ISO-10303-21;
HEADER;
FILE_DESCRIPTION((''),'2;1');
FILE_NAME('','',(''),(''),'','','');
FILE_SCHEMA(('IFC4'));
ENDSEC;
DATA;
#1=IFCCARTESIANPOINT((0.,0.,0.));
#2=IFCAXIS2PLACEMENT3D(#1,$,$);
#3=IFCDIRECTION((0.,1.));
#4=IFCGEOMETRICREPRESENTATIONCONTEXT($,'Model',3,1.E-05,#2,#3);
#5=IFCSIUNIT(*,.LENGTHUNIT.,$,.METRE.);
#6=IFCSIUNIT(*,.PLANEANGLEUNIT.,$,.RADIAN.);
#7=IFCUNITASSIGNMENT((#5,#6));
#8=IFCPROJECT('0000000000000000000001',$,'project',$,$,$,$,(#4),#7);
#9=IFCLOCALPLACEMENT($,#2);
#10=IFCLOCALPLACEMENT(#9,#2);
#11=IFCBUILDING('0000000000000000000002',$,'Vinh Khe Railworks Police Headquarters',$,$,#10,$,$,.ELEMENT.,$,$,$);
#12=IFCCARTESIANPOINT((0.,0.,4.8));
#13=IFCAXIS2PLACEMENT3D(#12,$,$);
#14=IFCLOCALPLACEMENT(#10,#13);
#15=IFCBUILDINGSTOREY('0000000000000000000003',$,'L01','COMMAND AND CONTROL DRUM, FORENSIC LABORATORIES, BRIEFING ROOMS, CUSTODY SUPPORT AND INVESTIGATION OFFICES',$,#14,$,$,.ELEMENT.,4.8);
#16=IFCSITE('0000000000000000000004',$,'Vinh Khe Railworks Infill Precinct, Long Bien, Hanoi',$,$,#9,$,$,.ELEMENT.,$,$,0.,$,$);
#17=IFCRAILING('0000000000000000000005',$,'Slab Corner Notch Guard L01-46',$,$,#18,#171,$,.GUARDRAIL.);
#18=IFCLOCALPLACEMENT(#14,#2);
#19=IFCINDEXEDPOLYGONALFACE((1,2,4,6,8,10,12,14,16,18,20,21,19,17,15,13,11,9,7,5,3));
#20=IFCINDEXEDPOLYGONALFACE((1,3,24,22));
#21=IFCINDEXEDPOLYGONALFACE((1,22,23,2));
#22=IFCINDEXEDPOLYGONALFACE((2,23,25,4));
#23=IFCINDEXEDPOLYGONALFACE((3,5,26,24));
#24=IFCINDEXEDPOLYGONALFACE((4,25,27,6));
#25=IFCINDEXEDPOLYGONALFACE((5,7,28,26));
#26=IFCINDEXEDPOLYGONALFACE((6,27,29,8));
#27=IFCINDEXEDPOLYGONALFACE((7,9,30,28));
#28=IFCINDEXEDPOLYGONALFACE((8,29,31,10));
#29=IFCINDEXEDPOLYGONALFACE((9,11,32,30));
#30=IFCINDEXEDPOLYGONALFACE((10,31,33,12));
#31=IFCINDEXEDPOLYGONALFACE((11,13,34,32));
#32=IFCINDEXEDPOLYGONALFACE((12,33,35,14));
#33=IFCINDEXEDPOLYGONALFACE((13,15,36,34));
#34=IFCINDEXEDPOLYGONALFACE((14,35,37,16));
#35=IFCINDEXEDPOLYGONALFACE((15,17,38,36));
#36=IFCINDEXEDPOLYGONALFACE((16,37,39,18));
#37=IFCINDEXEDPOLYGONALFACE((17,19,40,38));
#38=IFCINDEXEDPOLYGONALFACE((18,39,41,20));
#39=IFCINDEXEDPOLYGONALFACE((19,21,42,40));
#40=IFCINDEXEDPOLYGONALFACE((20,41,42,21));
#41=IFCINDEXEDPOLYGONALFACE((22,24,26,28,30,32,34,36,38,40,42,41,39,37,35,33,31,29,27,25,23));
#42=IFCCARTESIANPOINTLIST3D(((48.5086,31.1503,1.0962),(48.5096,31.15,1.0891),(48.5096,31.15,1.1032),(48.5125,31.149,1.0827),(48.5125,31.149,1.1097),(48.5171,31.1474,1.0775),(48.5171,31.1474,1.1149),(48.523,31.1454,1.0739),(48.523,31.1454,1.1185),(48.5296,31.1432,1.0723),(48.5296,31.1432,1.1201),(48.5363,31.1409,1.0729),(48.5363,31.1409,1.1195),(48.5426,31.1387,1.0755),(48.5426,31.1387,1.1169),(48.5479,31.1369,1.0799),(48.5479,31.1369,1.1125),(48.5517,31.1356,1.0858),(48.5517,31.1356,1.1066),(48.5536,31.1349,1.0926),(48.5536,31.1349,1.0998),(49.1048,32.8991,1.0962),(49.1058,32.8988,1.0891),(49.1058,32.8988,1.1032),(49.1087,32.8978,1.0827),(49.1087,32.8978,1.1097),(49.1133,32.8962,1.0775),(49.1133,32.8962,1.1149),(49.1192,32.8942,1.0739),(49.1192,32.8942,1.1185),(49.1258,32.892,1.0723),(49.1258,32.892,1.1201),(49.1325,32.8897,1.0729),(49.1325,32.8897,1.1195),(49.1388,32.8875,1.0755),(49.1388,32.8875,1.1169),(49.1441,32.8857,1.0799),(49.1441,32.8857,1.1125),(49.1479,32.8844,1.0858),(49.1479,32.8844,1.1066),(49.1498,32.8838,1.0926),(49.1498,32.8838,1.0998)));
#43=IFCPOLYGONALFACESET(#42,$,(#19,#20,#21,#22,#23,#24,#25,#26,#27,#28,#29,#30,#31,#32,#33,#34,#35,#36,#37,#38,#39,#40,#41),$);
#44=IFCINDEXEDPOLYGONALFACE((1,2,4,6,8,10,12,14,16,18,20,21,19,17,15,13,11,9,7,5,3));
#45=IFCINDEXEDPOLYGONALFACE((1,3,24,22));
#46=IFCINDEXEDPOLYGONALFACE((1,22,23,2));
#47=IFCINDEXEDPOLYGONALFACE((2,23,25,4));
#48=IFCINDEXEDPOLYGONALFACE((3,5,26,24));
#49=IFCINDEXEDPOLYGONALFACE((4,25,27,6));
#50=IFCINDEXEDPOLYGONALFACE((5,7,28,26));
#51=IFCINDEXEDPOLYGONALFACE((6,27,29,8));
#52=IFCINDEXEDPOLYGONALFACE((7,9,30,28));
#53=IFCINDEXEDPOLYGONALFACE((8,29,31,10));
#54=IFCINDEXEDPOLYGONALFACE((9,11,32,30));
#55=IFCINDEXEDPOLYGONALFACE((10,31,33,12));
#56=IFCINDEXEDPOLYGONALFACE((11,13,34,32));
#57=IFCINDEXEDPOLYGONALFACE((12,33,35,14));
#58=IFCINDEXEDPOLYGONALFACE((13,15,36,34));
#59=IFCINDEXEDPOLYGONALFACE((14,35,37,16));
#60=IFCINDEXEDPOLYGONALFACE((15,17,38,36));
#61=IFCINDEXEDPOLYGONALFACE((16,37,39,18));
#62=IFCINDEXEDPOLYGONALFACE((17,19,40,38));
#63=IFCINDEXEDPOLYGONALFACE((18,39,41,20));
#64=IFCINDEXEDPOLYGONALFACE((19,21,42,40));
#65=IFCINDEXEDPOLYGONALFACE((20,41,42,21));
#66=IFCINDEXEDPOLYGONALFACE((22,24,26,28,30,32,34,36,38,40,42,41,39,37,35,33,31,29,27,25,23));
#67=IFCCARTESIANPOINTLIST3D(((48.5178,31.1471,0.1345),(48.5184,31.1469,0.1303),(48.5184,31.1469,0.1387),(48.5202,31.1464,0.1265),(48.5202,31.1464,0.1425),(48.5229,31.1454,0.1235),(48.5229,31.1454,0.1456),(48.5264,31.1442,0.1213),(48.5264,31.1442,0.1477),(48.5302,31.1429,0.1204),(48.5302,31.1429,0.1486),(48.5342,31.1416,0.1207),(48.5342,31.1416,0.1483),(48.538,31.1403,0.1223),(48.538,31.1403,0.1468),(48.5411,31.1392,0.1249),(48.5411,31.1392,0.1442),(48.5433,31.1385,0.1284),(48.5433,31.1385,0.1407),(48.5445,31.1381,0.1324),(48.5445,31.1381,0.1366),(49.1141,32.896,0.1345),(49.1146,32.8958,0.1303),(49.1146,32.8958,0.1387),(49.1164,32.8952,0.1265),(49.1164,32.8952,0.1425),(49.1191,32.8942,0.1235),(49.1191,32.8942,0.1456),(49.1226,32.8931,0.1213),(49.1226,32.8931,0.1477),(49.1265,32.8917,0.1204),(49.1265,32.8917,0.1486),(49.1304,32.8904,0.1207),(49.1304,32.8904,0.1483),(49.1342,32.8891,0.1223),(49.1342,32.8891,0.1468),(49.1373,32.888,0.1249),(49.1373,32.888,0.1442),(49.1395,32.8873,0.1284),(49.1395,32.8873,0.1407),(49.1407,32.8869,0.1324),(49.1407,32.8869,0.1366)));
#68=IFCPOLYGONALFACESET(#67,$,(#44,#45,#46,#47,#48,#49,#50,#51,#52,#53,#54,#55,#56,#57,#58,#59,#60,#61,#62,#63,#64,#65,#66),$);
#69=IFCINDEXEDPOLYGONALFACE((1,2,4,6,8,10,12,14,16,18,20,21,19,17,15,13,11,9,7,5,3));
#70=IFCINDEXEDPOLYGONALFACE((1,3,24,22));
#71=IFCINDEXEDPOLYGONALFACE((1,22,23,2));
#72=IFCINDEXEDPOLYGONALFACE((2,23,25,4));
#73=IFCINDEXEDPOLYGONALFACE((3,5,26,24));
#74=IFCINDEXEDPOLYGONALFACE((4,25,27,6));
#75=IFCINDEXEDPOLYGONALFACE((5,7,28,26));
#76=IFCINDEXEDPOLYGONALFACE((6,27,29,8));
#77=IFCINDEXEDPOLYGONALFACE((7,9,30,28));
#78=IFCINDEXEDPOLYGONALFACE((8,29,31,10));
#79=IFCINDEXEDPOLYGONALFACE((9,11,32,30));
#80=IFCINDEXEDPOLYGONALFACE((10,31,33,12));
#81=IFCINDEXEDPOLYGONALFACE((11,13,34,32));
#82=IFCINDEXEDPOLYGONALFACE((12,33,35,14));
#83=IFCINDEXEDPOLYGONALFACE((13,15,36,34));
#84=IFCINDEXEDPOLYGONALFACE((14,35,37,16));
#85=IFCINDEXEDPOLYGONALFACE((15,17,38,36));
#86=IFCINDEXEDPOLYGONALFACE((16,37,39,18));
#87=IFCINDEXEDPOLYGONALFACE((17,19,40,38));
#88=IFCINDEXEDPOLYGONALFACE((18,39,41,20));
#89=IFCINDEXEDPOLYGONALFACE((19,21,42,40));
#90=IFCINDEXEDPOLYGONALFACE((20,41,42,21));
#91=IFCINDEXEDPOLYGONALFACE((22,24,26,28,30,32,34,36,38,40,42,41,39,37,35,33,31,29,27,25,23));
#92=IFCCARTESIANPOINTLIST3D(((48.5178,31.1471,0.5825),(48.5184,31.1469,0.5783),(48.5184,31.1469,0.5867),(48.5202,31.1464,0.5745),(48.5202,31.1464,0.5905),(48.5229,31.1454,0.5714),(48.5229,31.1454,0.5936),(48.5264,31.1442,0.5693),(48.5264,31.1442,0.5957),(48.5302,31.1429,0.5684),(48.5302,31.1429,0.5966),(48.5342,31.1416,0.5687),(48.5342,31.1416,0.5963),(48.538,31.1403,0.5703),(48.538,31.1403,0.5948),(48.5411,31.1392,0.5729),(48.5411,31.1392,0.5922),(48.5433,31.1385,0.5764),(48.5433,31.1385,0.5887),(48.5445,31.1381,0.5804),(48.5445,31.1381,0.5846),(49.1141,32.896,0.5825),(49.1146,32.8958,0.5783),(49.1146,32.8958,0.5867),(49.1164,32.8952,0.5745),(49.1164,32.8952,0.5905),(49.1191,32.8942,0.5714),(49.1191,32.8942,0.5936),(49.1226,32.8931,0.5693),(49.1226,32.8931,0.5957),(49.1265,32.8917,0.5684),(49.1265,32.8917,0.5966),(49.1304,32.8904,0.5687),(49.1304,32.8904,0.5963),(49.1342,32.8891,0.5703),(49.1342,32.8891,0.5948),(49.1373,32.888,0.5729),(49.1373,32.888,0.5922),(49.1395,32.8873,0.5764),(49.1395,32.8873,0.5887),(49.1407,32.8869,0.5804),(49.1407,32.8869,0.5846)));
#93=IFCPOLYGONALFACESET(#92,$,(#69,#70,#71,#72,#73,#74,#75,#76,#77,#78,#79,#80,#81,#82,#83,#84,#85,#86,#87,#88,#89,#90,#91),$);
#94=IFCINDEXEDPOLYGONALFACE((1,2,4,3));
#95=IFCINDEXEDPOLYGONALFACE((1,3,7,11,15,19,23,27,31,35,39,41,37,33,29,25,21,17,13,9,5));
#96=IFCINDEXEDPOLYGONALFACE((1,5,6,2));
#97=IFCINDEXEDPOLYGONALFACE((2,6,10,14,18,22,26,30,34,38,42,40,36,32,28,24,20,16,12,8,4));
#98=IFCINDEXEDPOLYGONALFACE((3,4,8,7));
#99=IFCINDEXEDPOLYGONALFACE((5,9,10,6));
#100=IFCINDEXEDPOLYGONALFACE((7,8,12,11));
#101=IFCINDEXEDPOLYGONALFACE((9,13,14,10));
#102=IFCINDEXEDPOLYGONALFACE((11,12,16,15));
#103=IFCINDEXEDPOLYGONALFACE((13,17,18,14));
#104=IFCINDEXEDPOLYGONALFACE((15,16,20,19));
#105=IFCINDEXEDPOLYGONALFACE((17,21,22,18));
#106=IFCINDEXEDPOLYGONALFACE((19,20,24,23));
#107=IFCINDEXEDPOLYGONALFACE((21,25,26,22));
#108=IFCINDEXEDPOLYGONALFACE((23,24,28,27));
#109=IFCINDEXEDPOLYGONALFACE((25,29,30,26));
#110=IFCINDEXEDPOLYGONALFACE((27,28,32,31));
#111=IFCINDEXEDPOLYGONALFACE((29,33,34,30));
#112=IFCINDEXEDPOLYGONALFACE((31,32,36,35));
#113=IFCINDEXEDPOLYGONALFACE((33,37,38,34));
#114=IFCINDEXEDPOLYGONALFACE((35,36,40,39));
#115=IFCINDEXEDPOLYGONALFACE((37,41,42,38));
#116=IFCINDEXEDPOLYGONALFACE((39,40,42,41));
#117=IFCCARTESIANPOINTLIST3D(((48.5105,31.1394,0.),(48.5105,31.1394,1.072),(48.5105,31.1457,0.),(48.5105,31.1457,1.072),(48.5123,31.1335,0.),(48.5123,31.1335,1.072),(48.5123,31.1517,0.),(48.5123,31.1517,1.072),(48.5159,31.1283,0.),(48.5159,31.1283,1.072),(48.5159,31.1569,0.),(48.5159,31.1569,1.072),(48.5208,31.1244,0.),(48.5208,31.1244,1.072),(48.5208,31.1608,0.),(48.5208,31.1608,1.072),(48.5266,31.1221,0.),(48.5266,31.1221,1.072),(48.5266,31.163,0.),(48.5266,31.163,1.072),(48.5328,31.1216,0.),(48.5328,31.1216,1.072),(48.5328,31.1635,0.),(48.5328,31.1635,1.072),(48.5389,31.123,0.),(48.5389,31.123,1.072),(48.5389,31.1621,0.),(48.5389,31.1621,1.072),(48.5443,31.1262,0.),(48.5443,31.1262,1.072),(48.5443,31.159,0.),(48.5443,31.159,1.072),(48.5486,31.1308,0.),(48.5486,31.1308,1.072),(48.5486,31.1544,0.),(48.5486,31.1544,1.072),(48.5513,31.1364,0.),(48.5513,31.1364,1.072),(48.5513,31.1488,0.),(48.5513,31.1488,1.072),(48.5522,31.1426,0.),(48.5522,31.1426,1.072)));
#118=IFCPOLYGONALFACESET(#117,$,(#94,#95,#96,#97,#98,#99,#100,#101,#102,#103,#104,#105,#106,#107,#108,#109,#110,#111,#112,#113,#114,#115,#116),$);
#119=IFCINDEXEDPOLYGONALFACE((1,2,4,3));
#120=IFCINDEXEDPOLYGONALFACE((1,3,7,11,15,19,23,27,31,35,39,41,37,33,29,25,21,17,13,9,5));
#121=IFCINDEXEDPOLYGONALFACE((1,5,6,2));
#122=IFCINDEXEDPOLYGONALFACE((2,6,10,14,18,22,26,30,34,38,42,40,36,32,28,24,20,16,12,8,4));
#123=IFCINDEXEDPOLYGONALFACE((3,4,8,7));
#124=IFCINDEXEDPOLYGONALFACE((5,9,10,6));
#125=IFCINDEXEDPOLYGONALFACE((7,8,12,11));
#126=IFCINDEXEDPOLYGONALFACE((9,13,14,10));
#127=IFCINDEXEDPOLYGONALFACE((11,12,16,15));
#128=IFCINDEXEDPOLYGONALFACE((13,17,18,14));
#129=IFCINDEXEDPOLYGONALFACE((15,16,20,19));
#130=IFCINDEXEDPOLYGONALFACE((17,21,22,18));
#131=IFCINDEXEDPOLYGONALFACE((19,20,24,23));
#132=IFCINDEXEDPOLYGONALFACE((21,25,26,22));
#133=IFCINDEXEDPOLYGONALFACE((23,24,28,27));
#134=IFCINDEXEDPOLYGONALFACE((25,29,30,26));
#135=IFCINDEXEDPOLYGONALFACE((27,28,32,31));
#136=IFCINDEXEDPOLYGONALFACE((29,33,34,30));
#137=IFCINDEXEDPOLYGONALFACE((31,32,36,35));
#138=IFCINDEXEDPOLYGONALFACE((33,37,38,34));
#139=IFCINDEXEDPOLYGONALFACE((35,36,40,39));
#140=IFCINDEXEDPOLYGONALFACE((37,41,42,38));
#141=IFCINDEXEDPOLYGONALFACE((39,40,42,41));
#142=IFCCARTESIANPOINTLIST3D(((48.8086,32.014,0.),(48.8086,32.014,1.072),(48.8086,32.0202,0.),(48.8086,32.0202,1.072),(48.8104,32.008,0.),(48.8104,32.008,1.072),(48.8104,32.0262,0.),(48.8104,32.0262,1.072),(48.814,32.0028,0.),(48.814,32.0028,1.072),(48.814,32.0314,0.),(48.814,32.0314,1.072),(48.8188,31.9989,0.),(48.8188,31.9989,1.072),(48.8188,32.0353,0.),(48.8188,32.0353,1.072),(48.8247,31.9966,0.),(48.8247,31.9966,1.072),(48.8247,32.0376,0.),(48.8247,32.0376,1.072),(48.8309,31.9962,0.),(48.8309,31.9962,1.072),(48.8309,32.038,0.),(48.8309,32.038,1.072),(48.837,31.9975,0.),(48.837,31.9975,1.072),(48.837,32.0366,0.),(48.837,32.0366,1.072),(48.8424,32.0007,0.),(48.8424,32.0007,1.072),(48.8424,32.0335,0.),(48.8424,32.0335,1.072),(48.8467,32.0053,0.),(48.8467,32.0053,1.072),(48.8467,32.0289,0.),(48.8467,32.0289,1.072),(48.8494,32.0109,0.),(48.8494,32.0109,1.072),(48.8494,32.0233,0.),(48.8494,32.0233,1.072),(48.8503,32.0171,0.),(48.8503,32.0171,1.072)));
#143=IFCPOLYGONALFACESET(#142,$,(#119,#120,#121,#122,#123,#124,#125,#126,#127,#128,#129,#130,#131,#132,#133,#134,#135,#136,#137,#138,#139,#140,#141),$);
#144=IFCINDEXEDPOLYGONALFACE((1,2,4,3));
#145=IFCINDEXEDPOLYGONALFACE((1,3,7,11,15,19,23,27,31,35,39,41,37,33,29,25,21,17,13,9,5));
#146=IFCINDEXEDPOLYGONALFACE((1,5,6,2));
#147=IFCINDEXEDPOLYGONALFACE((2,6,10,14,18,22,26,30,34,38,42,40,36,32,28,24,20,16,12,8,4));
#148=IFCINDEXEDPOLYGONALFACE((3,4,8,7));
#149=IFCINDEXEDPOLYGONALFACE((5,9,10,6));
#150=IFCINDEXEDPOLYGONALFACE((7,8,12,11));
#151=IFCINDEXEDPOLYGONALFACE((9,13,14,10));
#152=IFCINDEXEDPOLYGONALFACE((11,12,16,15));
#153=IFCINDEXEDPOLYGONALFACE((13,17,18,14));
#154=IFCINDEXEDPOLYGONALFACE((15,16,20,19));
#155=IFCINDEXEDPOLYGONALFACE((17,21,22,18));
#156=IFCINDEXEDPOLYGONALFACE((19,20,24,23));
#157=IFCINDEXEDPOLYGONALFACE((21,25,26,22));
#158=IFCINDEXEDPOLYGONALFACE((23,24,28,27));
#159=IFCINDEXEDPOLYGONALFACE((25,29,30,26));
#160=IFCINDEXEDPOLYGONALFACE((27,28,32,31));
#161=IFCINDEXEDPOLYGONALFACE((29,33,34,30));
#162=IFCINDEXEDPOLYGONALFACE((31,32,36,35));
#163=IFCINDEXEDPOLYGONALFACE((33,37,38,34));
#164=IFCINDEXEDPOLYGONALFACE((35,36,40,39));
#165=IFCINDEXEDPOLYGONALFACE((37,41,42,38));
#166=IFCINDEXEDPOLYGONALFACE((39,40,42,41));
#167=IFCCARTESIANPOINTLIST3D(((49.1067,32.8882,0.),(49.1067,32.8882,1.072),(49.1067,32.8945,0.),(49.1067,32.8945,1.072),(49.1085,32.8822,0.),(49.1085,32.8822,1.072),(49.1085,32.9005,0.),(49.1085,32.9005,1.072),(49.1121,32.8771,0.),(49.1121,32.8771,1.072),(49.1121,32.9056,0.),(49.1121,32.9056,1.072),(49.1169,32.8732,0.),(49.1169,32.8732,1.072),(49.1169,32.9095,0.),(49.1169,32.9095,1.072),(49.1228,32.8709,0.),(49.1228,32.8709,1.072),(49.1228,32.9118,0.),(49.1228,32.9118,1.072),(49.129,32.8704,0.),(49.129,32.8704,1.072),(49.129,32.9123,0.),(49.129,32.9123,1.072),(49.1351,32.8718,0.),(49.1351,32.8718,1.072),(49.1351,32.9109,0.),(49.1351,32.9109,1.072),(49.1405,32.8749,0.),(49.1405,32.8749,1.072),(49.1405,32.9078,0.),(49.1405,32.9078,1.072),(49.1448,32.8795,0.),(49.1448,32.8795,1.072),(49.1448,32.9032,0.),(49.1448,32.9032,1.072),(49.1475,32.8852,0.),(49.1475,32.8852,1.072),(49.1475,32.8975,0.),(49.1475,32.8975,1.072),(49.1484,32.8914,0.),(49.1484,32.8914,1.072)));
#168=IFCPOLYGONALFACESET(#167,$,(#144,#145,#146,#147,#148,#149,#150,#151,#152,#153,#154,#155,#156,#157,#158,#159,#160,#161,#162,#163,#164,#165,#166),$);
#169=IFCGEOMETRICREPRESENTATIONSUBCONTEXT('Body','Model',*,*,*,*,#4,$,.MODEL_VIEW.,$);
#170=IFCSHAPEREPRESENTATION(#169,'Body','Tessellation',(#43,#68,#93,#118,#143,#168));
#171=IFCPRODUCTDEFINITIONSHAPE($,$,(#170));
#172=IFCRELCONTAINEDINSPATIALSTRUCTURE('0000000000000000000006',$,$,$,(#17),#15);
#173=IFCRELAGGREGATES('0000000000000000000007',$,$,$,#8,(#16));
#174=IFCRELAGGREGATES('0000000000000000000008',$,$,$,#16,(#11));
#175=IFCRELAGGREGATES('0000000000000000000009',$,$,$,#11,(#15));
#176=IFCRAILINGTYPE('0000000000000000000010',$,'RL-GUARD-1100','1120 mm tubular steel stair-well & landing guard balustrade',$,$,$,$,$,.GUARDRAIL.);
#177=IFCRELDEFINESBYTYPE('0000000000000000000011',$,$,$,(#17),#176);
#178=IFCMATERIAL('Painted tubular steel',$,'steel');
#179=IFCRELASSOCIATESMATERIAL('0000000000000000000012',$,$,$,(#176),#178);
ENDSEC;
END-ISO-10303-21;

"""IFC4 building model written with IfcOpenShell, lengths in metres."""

from ifc_helpers import new_model, si_unit, direction, frame, origin, origin_2d, place, context, subcontext, project, spatial, circle, extrude, material, type_object, element, save


model = new_model("IFC4")

# Units and contexts
model_context = context("Model", 3, precision=1e-05, world=origin(), true_north=direction((0.0, 1.0)))
body_context = subcontext(model_context, "Body", "Model", "MODEL_VIEW")
ifc_project = project(units=[si_unit("LENGTHUNIT", "METRE"), si_unit("PLANEANGLEUNIT", "RADIAN")], contexts=[model_context])

# Site, building, storey
site_placement = place(None, origin())
site = spatial("IfcSite", under=ifc_project, at=site_placement, Name="Vinh Khe Railworks Infill Precinct, Long Bien, Hanoi", CompositionType="ELEMENT", RefElevation=0.0)
building_placement = place(site_placement, origin())
building = spatial("IfcBuilding", under=site, at=building_placement, Name="Vinh Khe Railworks Police Headquarters", CompositionType="ELEMENT")
storey_placement = place(building_placement, frame((0.0, 0.0, 4.8)))
storey = spatial("IfcBuildingStorey", under=building, at=storey_placement, Name="L01", Description="COMMAND AND CONTROL DRUM, FORENSIC LABORATORIES, BRIEFING ROOMS, CUSTODY SUPPORT AND INVESTIGATION OFFICES", CompositionType="ELEMENT", Elevation=4.8)

# Railing
ifc_material_1 = material(Name="Painted tubular steel", Category="steel")
railing_type = type_object("IfcRailingType", Name="RL-GUARD-1100", Description="1120 mm tubular steel stair-well & landing guard balustrade", PredefinedType="GUARDRAIL", material=ifc_material_1)
railing_1_placement = place(storey_placement, frame((48.5312, 31.1426, 0.0)))
element("IfcRailing", 1, at=railing_1_placement, inside=storey, type_object=railing_type, Name="Slab Corner Notch Guard L01-46", PredefinedType="GUARDRAIL", context=body_context, shape_type="SweptSolid", body=[
    extrude(circle(Radius=0.0239, at=origin_2d()), frame((0.0, 0.0, 1.0962), z_axis=(0.322682, 0.946507, 0.0), x_axis=(-0.946507, 0.322682, 0.0)), (0.0, 0.0, 1.0), 1.8477),
    extrude(circle(Radius=0.0142, at=origin_2d()), frame((0.0, 0.0, 0.1345), z_axis=(0.322682, 0.946507, 0.0), x_axis=(-0.946507, 0.322682, 0.0)), (0.0, 0.0, 1.0), 1.8477),
    extrude(circle(Radius=0.0142, at=origin_2d()), frame((0.0, 0.0, 0.5825), z_axis=(0.322682, 0.946507, 0.0), x_axis=(-0.946507, 0.322682, 0.0)), (0.0, 0.0, 1.0), 1.8477),
    extrude(circle(Radius=0.021, at=origin_2d()), origin(), (0.0, 0.0, 1.0), 1.072),
    extrude(circle(Radius=0.021, at=origin_2d()), frame((0.2981, 0.8745, 0.0)), (0.0, 0.0, 1.0), 1.072),
    extrude(circle(Radius=0.021, at=origin_2d()), frame((0.5962, 1.7488, 0.0)), (0.0, 0.0, 1.0), 1.072),
])

save(model, "model.ifc")
